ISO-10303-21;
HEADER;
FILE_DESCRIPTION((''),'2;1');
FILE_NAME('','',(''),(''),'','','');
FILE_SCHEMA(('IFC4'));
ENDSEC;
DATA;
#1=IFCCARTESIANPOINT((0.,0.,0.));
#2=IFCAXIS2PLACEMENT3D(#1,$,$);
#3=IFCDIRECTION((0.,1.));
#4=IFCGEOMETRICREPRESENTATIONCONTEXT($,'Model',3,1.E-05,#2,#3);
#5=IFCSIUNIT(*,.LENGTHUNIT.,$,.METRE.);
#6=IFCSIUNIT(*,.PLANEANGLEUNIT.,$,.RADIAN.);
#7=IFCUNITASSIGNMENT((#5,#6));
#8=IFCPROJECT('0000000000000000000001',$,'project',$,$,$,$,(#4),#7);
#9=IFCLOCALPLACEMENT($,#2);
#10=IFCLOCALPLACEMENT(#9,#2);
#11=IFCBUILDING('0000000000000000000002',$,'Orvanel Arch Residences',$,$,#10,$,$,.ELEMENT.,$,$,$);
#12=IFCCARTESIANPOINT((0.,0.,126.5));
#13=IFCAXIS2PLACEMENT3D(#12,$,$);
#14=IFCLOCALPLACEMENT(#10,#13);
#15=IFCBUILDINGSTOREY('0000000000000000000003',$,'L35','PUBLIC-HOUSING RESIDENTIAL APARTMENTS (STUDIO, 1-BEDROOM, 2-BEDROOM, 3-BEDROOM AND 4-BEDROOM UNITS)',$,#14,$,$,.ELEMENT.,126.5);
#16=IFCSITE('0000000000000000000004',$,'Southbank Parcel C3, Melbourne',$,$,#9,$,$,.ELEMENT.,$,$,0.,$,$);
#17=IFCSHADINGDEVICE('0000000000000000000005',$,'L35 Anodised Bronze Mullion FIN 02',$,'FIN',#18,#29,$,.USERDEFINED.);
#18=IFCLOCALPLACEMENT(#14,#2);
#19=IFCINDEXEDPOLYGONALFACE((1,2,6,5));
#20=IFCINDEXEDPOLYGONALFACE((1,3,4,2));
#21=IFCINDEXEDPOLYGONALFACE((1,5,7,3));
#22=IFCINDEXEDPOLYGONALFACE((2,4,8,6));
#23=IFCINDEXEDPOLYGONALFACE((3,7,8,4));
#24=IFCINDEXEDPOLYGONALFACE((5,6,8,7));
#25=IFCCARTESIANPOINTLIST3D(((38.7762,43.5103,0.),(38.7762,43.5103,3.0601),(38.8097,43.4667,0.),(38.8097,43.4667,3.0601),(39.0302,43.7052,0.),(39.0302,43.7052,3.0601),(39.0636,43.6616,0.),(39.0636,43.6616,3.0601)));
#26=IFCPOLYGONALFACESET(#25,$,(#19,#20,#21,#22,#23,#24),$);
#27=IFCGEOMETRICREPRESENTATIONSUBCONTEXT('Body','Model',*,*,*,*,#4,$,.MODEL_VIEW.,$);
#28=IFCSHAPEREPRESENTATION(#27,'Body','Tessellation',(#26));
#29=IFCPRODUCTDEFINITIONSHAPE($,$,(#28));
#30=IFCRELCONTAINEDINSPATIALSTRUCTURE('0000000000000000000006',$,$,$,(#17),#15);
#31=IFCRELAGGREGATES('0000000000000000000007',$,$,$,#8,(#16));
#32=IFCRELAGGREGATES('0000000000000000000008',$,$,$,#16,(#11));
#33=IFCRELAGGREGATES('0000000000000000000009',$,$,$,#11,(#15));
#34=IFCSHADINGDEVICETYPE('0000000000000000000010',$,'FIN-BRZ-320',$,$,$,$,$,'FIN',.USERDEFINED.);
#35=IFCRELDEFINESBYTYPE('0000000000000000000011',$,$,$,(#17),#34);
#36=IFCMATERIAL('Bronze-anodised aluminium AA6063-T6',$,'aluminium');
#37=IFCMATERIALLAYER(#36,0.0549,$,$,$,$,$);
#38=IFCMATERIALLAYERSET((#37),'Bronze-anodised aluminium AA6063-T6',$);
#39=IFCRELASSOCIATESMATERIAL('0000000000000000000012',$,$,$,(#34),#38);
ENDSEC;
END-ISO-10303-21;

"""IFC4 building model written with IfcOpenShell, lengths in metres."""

from ifc_helpers import new_model, si_unit, direction, frame, origin, origin_2d, place, context, subcontext, project, spatial, rectangle, extrude, material, layer, layer_set, type_object, element, save


model = new_model("IFC4")

# Units and contexts
model_context = context("Model", 3, precision=1e-05, world=origin(), true_north=direction((0.0, 1.0)))
body_context = subcontext(model_context, "Body", "Model", "MODEL_VIEW")
ifc_project = project(units=[si_unit("LENGTHUNIT", "METRE"), si_unit("PLANEANGLEUNIT", "RADIAN")], contexts=[model_context])

# Site, building, storey
site_placement = place(None, origin())
site = spatial("IfcSite", under=ifc_project, at=site_placement, Name="Southbank Parcel C3, Melbourne", CompositionType="ELEMENT", RefElevation=0.0)
building_placement = place(site_placement, origin())
building = spatial("IfcBuilding", under=site, at=building_placement, Name="Orvanel Arch Residences", CompositionType="ELEMENT")
storey_placement = place(building_placement, frame((0.0, 0.0, 126.5)))
storey = spatial("IfcBuildingStorey", under=building, at=storey_placement, Name="L35", Description="PUBLIC-HOUSING RESIDENTIAL APARTMENTS (STUDIO, 1-BEDROOM, 2-BEDROOM, 3-BEDROOM AND 4-BEDROOM UNITS)", CompositionType="ELEMENT", Elevation=126.5)

# Shared definitions
ifc_material_1 = material(Name="Bronze-anodised aluminium AA6063-T6", Category="aluminium")

# Shading device
ifc_layer_1 = layer(ifc_material_1, 0.0549)
ifc_layer_set_1 = layer_set([ifc_layer_1], Name="Bronze-anodised aluminium AA6063-T6")
shading_device_type = type_object("IfcShadingDeviceType", Name="FIN-BRZ-320", ElementType="FIN", PredefinedType="USERDEFINED", material=ifc_layer_set_1)
shading_device_placement = place(storey_placement, frame((38.9199, 43.5859, 0.0), z_axis=(0.0, 0.0, 1.0), x_axis=(0.793353, 0.608761, 0.0)))
element("IfcShadingDevice", 1, at=shading_device_placement, inside=storey, type_object=shading_device_type, Name="L35 Anodised Bronze Mullion FIN 02", ObjectType="FIN", PredefinedType="USERDEFINED", context=body_context, shape_type="SweptSolid", body=[
    extrude(rectangle(XDim=0.3201, YDim=0.0549, at=origin_2d()), origin(), (0.0, 0.0, 1.0), 3.0601),
])

save(model, "model.ifc")
